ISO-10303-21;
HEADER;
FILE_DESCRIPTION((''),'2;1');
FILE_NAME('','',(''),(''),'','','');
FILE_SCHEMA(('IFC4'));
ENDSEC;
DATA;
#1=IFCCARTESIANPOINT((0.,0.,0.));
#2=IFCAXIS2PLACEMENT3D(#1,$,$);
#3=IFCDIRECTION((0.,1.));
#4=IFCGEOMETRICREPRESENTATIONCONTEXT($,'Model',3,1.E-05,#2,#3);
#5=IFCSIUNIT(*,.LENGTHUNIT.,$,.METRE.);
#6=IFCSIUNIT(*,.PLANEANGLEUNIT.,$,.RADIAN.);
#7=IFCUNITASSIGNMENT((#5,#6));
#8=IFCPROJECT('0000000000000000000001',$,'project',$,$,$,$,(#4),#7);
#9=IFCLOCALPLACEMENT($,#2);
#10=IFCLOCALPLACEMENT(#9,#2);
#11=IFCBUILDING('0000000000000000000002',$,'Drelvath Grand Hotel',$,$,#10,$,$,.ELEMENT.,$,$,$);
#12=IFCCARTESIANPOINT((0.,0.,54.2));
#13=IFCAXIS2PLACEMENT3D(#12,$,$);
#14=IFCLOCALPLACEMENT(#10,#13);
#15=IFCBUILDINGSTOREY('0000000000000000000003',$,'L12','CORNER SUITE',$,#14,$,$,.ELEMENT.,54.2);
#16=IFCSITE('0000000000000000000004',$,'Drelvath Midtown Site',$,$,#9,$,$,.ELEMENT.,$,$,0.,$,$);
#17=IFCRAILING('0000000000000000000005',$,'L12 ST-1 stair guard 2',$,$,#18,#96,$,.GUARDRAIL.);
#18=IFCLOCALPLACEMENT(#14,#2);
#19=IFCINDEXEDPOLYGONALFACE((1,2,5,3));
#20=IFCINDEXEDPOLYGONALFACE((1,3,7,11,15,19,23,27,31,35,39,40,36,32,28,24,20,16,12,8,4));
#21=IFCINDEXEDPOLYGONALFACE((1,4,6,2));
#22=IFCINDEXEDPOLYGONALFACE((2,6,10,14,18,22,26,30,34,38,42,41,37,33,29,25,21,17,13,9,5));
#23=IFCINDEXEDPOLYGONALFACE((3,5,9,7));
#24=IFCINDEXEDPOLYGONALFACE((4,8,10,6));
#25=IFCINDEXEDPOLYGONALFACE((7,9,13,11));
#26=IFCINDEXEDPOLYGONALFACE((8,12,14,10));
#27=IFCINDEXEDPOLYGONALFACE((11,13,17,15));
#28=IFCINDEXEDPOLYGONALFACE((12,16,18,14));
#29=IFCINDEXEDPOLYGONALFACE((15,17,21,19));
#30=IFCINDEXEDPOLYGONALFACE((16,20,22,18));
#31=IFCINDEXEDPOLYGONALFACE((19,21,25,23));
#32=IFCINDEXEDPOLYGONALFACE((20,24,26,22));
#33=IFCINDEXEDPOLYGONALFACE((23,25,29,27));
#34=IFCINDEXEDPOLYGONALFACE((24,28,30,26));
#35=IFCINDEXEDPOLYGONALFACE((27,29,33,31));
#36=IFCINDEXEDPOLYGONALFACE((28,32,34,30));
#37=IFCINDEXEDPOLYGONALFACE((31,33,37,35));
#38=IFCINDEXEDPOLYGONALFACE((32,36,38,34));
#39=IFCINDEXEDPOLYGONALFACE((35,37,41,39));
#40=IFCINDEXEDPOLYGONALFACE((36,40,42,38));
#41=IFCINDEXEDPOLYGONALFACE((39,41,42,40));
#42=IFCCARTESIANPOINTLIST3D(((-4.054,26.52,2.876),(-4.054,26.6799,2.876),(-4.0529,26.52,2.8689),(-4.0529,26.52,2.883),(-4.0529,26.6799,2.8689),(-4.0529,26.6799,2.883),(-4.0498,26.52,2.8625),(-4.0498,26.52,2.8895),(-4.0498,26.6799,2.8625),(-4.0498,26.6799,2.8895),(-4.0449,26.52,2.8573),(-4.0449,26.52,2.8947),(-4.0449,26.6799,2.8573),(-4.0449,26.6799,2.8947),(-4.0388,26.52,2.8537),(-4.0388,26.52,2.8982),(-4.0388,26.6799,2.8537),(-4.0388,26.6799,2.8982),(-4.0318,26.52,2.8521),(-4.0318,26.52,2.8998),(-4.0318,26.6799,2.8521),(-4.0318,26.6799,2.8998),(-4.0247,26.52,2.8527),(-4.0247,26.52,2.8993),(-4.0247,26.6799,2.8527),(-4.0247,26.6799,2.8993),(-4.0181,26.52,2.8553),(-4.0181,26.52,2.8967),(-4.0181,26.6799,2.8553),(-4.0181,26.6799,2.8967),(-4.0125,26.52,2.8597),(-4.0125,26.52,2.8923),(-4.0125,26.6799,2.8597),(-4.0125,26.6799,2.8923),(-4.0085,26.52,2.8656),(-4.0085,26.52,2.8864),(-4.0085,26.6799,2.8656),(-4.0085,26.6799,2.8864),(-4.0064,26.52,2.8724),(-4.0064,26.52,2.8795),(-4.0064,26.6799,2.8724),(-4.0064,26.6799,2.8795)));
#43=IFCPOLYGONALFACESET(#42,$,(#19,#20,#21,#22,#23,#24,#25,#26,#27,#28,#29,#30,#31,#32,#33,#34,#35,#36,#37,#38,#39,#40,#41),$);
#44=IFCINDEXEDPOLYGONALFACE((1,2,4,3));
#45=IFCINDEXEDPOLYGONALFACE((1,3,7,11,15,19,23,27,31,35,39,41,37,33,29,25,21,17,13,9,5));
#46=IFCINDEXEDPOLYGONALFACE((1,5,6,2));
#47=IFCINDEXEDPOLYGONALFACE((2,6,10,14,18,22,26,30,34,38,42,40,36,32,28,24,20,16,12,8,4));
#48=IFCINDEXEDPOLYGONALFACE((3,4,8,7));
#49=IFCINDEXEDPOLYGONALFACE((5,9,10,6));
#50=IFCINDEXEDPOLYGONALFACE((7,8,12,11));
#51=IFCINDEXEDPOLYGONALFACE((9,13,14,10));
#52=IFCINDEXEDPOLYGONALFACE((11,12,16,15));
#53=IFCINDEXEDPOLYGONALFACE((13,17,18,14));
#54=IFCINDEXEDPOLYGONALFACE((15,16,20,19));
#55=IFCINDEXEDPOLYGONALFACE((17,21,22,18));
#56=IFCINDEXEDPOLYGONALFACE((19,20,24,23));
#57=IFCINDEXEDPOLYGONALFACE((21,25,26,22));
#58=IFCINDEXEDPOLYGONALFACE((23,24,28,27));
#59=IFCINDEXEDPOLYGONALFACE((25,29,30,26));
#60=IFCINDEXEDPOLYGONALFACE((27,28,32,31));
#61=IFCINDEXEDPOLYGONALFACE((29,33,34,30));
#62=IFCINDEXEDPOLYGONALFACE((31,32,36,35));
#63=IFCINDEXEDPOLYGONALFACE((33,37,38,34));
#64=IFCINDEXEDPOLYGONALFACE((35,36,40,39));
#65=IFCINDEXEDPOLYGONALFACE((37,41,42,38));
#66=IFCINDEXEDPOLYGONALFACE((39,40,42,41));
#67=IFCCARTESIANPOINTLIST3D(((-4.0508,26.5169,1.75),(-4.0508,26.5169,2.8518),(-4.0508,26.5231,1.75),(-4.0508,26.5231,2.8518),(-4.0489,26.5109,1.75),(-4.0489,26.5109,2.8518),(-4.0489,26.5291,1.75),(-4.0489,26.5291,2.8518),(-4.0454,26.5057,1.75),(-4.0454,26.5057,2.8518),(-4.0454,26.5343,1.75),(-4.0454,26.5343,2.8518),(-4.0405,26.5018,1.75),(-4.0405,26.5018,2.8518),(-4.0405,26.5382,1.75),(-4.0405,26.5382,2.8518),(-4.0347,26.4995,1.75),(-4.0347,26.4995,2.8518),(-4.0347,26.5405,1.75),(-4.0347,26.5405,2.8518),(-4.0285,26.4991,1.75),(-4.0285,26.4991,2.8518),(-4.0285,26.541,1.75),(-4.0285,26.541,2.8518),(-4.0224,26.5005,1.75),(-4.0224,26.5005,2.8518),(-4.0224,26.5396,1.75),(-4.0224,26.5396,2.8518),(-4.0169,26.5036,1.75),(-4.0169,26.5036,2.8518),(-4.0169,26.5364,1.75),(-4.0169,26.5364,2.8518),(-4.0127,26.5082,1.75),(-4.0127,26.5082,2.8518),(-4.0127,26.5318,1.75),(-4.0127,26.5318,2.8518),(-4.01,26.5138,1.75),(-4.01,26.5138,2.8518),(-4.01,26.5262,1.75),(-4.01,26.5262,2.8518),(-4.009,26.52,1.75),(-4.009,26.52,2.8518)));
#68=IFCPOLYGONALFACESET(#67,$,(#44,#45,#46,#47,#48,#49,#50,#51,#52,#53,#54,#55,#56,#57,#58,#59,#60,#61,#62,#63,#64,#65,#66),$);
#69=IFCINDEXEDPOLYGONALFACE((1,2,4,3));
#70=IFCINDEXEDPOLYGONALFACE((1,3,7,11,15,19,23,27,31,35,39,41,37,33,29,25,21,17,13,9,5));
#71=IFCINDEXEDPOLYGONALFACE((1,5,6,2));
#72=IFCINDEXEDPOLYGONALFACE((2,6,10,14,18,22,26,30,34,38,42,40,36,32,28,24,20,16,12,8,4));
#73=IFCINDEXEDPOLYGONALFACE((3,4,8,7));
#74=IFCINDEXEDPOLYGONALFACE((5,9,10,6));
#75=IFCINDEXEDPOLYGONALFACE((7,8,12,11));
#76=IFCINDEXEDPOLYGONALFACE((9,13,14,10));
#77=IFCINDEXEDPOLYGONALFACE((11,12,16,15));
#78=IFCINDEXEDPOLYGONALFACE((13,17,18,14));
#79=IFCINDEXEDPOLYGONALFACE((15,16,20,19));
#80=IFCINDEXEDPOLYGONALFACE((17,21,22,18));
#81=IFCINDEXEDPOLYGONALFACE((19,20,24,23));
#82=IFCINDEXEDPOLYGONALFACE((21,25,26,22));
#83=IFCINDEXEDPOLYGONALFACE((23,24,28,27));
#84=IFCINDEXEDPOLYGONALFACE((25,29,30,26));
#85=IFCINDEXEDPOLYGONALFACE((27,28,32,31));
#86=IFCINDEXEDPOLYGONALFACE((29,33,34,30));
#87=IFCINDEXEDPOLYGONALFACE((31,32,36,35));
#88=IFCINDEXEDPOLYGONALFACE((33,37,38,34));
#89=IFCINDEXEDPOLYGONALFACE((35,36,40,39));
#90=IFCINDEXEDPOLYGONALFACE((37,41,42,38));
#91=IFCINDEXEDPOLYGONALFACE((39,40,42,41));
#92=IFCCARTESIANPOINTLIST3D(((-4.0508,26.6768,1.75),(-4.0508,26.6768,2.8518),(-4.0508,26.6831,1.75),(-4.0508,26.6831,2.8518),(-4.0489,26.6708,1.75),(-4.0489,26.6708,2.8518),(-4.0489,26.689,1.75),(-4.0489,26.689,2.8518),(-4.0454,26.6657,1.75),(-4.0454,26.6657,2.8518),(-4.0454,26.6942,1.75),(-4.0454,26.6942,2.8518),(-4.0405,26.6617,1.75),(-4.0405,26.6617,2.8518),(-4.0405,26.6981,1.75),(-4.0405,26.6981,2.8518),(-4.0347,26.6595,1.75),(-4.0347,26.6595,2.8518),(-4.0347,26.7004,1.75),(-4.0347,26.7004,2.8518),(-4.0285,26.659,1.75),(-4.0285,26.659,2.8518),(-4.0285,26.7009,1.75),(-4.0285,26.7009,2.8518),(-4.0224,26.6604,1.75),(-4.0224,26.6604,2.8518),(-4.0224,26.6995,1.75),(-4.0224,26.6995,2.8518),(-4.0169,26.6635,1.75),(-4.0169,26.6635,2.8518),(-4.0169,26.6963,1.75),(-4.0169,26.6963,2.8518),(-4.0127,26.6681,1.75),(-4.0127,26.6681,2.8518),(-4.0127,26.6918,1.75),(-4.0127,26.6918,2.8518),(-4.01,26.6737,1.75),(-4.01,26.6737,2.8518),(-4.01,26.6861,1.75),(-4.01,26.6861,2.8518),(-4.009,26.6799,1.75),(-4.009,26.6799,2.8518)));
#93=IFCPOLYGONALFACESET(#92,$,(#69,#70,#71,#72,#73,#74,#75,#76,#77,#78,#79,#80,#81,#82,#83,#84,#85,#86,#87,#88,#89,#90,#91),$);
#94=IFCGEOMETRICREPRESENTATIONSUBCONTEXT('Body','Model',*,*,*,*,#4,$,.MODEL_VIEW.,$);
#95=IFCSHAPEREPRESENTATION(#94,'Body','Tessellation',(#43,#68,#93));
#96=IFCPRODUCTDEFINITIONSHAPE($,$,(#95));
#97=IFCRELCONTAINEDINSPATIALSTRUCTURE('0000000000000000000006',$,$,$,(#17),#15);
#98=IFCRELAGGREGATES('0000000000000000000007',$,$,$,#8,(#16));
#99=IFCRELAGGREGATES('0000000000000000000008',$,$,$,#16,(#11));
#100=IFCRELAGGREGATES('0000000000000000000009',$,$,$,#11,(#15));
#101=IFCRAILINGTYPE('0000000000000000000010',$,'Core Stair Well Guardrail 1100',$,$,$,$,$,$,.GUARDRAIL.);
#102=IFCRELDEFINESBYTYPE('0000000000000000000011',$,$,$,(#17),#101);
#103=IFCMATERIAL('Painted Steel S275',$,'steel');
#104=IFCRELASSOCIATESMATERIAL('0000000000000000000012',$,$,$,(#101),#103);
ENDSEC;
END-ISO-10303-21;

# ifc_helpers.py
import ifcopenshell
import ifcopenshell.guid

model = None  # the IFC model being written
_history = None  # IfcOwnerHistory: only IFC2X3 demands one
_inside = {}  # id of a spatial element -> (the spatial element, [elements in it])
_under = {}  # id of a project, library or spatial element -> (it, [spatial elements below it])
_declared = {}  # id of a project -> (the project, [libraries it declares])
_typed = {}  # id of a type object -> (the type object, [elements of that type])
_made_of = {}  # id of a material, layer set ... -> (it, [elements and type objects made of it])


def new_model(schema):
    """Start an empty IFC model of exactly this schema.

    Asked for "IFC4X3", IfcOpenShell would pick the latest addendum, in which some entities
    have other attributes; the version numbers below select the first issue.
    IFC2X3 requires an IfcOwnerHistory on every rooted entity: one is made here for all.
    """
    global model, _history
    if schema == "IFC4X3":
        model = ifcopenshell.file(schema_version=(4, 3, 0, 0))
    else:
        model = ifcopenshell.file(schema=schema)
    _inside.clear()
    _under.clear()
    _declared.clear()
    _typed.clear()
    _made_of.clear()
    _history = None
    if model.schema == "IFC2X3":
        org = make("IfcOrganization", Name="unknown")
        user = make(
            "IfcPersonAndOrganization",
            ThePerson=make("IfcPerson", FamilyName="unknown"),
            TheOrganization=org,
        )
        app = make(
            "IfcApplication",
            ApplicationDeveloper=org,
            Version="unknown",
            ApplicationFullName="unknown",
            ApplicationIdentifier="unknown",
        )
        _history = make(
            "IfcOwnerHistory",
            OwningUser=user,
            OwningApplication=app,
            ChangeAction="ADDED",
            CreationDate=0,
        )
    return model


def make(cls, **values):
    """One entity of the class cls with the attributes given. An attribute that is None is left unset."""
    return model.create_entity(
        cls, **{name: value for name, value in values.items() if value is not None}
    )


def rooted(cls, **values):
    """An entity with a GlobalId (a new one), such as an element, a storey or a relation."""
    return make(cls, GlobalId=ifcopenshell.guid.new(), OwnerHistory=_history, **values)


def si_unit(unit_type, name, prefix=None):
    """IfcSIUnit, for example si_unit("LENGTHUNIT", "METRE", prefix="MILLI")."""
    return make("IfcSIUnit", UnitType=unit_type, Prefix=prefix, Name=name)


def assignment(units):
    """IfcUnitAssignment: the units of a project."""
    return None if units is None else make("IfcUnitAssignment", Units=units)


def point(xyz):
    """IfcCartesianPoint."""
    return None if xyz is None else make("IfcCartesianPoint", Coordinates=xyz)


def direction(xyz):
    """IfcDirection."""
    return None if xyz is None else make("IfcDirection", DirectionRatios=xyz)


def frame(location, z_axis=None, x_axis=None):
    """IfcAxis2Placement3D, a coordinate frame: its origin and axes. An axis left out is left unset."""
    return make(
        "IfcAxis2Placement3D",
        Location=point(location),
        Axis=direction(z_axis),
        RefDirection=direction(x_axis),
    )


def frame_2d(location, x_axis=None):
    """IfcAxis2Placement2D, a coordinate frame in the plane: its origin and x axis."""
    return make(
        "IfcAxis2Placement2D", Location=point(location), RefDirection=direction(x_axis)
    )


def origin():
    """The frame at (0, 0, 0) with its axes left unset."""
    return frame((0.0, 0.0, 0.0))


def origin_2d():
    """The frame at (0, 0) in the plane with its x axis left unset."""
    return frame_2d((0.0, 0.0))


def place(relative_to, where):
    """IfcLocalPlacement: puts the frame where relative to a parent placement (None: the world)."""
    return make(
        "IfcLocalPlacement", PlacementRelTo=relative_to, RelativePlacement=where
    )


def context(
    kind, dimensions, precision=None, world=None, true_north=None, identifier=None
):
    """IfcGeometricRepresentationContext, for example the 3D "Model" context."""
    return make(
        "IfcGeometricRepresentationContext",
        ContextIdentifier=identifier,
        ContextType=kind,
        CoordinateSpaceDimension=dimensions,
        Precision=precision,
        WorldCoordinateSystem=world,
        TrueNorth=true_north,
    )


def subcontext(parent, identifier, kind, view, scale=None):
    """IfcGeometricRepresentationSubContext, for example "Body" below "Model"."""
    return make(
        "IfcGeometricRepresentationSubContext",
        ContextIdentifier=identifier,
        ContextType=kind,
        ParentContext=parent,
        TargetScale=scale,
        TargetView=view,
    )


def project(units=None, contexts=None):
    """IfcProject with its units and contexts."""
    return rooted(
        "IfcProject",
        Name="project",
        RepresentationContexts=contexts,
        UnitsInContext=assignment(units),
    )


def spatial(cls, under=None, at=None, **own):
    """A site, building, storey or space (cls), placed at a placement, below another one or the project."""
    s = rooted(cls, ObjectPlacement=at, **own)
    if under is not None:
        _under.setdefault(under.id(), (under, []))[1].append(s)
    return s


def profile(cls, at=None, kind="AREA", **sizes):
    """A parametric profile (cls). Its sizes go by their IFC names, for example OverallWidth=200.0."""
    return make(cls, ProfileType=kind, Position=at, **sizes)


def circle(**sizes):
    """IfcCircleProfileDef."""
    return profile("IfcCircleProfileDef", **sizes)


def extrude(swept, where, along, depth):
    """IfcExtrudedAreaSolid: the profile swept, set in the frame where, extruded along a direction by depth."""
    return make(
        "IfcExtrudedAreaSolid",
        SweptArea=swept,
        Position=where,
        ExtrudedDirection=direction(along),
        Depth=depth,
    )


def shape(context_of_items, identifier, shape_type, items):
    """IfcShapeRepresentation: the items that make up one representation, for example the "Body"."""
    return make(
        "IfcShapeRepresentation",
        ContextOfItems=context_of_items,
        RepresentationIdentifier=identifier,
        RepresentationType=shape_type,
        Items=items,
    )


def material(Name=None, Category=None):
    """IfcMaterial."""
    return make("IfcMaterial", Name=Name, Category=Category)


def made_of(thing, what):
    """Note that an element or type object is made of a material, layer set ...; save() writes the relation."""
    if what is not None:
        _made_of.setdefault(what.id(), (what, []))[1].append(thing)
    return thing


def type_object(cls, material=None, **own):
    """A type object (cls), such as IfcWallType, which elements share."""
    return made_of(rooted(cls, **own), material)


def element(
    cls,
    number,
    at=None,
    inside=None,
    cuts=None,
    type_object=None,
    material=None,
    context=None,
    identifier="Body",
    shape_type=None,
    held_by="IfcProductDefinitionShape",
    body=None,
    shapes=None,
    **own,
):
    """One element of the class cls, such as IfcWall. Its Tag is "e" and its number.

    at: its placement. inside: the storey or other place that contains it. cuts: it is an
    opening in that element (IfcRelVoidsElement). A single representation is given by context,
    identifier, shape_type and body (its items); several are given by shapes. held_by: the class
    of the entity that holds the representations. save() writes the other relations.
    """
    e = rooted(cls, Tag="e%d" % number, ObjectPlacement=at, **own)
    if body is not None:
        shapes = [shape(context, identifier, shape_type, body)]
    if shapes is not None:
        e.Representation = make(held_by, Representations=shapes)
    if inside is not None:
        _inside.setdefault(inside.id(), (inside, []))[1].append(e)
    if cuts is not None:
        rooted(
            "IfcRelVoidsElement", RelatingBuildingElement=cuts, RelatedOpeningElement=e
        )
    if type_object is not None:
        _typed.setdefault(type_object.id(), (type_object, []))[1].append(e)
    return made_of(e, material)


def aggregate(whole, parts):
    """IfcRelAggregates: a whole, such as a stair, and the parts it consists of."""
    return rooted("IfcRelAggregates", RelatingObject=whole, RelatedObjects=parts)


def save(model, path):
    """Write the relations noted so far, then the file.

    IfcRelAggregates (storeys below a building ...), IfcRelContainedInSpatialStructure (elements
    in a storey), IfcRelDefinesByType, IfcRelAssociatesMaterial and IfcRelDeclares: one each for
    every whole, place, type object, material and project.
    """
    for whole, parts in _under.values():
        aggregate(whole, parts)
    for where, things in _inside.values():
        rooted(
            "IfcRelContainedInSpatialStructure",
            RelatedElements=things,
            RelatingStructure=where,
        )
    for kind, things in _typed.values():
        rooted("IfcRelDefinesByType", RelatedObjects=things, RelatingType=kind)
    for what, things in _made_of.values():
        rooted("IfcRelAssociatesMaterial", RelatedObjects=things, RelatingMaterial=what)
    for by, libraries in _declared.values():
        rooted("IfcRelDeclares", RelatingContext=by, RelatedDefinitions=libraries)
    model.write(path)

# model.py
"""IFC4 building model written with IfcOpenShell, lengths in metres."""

from ifc_helpers import new_model, si_unit, direction, frame, origin, origin_2d, place, context, subcontext, project, spatial, circle, extrude, material, type_object, element, save


model = new_model("IFC4")

# Units and contexts
model_context = context("Model", 3, precision=1e-05, world=origin(), true_north=direction((0.0, 1.0)))
body_context = subcontext(model_context, "Body", "Model", "MODEL_VIEW")
ifc_project = project(units=[si_unit("LENGTHUNIT", "METRE"), si_unit("PLANEANGLEUNIT", "RADIAN")], contexts=[model_context])

# Site, building, storey
site_placement = place(None, origin())
site = spatial("IfcSite", under=ifc_project, at=site_placement, Name="Drelvath Midtown Site", CompositionType="ELEMENT", RefElevation=0.0)
building_placement = place(site_placement, origin())
building = spatial("IfcBuilding", under=site, at=building_placement, Name="Drelvath Grand Hotel", CompositionType="ELEMENT")
storey_placement = place(building_placement, frame((0.0, 0.0, 54.2)))
storey = spatial("IfcBuildingStorey", under=building, at=storey_placement, Name="L12", Description="CORNER SUITE", CompositionType="ELEMENT", Elevation=54.2)

# Shared definitions
ifc_material_1 = material(Name="Painted Steel S275", Category="steel")

# Railing
railing_type = type_object("IfcRailingType", Name="Core Stair Well Guardrail 1100", PredefinedType="GUARDRAIL", material=ifc_material_1)
railing_1_placement = place(storey_placement, frame((-4.03, 26.52, 1.75)))
element("IfcRailing", 1, at=railing_1_placement, inside=storey, type_object=railing_type, Name="L12 ST-1 stair guard 2", PredefinedType="GUARDRAIL", context=body_context, shape_type="SweptSolid", body=[
    extrude(circle(Radius=0.0239, at=origin_2d()), frame((0.0, 0.0, 1.126), z_axis=(0.0, 1.0, 0.0), x_axis=(-1.0, 0.0, 0.0)), (0.0, 0.0, 1.0), 0.1599),
    extrude(circle(Radius=0.021, at=origin_2d()), origin(), (0.0, 0.0, 1.0), 1.1018),
    extrude(circle(Radius=0.021, at=origin_2d()), frame((0.0, 0.1599, 0.0)), (0.0, 0.0, 1.0), 1.1018),
])

save(model, "model.ifc")
